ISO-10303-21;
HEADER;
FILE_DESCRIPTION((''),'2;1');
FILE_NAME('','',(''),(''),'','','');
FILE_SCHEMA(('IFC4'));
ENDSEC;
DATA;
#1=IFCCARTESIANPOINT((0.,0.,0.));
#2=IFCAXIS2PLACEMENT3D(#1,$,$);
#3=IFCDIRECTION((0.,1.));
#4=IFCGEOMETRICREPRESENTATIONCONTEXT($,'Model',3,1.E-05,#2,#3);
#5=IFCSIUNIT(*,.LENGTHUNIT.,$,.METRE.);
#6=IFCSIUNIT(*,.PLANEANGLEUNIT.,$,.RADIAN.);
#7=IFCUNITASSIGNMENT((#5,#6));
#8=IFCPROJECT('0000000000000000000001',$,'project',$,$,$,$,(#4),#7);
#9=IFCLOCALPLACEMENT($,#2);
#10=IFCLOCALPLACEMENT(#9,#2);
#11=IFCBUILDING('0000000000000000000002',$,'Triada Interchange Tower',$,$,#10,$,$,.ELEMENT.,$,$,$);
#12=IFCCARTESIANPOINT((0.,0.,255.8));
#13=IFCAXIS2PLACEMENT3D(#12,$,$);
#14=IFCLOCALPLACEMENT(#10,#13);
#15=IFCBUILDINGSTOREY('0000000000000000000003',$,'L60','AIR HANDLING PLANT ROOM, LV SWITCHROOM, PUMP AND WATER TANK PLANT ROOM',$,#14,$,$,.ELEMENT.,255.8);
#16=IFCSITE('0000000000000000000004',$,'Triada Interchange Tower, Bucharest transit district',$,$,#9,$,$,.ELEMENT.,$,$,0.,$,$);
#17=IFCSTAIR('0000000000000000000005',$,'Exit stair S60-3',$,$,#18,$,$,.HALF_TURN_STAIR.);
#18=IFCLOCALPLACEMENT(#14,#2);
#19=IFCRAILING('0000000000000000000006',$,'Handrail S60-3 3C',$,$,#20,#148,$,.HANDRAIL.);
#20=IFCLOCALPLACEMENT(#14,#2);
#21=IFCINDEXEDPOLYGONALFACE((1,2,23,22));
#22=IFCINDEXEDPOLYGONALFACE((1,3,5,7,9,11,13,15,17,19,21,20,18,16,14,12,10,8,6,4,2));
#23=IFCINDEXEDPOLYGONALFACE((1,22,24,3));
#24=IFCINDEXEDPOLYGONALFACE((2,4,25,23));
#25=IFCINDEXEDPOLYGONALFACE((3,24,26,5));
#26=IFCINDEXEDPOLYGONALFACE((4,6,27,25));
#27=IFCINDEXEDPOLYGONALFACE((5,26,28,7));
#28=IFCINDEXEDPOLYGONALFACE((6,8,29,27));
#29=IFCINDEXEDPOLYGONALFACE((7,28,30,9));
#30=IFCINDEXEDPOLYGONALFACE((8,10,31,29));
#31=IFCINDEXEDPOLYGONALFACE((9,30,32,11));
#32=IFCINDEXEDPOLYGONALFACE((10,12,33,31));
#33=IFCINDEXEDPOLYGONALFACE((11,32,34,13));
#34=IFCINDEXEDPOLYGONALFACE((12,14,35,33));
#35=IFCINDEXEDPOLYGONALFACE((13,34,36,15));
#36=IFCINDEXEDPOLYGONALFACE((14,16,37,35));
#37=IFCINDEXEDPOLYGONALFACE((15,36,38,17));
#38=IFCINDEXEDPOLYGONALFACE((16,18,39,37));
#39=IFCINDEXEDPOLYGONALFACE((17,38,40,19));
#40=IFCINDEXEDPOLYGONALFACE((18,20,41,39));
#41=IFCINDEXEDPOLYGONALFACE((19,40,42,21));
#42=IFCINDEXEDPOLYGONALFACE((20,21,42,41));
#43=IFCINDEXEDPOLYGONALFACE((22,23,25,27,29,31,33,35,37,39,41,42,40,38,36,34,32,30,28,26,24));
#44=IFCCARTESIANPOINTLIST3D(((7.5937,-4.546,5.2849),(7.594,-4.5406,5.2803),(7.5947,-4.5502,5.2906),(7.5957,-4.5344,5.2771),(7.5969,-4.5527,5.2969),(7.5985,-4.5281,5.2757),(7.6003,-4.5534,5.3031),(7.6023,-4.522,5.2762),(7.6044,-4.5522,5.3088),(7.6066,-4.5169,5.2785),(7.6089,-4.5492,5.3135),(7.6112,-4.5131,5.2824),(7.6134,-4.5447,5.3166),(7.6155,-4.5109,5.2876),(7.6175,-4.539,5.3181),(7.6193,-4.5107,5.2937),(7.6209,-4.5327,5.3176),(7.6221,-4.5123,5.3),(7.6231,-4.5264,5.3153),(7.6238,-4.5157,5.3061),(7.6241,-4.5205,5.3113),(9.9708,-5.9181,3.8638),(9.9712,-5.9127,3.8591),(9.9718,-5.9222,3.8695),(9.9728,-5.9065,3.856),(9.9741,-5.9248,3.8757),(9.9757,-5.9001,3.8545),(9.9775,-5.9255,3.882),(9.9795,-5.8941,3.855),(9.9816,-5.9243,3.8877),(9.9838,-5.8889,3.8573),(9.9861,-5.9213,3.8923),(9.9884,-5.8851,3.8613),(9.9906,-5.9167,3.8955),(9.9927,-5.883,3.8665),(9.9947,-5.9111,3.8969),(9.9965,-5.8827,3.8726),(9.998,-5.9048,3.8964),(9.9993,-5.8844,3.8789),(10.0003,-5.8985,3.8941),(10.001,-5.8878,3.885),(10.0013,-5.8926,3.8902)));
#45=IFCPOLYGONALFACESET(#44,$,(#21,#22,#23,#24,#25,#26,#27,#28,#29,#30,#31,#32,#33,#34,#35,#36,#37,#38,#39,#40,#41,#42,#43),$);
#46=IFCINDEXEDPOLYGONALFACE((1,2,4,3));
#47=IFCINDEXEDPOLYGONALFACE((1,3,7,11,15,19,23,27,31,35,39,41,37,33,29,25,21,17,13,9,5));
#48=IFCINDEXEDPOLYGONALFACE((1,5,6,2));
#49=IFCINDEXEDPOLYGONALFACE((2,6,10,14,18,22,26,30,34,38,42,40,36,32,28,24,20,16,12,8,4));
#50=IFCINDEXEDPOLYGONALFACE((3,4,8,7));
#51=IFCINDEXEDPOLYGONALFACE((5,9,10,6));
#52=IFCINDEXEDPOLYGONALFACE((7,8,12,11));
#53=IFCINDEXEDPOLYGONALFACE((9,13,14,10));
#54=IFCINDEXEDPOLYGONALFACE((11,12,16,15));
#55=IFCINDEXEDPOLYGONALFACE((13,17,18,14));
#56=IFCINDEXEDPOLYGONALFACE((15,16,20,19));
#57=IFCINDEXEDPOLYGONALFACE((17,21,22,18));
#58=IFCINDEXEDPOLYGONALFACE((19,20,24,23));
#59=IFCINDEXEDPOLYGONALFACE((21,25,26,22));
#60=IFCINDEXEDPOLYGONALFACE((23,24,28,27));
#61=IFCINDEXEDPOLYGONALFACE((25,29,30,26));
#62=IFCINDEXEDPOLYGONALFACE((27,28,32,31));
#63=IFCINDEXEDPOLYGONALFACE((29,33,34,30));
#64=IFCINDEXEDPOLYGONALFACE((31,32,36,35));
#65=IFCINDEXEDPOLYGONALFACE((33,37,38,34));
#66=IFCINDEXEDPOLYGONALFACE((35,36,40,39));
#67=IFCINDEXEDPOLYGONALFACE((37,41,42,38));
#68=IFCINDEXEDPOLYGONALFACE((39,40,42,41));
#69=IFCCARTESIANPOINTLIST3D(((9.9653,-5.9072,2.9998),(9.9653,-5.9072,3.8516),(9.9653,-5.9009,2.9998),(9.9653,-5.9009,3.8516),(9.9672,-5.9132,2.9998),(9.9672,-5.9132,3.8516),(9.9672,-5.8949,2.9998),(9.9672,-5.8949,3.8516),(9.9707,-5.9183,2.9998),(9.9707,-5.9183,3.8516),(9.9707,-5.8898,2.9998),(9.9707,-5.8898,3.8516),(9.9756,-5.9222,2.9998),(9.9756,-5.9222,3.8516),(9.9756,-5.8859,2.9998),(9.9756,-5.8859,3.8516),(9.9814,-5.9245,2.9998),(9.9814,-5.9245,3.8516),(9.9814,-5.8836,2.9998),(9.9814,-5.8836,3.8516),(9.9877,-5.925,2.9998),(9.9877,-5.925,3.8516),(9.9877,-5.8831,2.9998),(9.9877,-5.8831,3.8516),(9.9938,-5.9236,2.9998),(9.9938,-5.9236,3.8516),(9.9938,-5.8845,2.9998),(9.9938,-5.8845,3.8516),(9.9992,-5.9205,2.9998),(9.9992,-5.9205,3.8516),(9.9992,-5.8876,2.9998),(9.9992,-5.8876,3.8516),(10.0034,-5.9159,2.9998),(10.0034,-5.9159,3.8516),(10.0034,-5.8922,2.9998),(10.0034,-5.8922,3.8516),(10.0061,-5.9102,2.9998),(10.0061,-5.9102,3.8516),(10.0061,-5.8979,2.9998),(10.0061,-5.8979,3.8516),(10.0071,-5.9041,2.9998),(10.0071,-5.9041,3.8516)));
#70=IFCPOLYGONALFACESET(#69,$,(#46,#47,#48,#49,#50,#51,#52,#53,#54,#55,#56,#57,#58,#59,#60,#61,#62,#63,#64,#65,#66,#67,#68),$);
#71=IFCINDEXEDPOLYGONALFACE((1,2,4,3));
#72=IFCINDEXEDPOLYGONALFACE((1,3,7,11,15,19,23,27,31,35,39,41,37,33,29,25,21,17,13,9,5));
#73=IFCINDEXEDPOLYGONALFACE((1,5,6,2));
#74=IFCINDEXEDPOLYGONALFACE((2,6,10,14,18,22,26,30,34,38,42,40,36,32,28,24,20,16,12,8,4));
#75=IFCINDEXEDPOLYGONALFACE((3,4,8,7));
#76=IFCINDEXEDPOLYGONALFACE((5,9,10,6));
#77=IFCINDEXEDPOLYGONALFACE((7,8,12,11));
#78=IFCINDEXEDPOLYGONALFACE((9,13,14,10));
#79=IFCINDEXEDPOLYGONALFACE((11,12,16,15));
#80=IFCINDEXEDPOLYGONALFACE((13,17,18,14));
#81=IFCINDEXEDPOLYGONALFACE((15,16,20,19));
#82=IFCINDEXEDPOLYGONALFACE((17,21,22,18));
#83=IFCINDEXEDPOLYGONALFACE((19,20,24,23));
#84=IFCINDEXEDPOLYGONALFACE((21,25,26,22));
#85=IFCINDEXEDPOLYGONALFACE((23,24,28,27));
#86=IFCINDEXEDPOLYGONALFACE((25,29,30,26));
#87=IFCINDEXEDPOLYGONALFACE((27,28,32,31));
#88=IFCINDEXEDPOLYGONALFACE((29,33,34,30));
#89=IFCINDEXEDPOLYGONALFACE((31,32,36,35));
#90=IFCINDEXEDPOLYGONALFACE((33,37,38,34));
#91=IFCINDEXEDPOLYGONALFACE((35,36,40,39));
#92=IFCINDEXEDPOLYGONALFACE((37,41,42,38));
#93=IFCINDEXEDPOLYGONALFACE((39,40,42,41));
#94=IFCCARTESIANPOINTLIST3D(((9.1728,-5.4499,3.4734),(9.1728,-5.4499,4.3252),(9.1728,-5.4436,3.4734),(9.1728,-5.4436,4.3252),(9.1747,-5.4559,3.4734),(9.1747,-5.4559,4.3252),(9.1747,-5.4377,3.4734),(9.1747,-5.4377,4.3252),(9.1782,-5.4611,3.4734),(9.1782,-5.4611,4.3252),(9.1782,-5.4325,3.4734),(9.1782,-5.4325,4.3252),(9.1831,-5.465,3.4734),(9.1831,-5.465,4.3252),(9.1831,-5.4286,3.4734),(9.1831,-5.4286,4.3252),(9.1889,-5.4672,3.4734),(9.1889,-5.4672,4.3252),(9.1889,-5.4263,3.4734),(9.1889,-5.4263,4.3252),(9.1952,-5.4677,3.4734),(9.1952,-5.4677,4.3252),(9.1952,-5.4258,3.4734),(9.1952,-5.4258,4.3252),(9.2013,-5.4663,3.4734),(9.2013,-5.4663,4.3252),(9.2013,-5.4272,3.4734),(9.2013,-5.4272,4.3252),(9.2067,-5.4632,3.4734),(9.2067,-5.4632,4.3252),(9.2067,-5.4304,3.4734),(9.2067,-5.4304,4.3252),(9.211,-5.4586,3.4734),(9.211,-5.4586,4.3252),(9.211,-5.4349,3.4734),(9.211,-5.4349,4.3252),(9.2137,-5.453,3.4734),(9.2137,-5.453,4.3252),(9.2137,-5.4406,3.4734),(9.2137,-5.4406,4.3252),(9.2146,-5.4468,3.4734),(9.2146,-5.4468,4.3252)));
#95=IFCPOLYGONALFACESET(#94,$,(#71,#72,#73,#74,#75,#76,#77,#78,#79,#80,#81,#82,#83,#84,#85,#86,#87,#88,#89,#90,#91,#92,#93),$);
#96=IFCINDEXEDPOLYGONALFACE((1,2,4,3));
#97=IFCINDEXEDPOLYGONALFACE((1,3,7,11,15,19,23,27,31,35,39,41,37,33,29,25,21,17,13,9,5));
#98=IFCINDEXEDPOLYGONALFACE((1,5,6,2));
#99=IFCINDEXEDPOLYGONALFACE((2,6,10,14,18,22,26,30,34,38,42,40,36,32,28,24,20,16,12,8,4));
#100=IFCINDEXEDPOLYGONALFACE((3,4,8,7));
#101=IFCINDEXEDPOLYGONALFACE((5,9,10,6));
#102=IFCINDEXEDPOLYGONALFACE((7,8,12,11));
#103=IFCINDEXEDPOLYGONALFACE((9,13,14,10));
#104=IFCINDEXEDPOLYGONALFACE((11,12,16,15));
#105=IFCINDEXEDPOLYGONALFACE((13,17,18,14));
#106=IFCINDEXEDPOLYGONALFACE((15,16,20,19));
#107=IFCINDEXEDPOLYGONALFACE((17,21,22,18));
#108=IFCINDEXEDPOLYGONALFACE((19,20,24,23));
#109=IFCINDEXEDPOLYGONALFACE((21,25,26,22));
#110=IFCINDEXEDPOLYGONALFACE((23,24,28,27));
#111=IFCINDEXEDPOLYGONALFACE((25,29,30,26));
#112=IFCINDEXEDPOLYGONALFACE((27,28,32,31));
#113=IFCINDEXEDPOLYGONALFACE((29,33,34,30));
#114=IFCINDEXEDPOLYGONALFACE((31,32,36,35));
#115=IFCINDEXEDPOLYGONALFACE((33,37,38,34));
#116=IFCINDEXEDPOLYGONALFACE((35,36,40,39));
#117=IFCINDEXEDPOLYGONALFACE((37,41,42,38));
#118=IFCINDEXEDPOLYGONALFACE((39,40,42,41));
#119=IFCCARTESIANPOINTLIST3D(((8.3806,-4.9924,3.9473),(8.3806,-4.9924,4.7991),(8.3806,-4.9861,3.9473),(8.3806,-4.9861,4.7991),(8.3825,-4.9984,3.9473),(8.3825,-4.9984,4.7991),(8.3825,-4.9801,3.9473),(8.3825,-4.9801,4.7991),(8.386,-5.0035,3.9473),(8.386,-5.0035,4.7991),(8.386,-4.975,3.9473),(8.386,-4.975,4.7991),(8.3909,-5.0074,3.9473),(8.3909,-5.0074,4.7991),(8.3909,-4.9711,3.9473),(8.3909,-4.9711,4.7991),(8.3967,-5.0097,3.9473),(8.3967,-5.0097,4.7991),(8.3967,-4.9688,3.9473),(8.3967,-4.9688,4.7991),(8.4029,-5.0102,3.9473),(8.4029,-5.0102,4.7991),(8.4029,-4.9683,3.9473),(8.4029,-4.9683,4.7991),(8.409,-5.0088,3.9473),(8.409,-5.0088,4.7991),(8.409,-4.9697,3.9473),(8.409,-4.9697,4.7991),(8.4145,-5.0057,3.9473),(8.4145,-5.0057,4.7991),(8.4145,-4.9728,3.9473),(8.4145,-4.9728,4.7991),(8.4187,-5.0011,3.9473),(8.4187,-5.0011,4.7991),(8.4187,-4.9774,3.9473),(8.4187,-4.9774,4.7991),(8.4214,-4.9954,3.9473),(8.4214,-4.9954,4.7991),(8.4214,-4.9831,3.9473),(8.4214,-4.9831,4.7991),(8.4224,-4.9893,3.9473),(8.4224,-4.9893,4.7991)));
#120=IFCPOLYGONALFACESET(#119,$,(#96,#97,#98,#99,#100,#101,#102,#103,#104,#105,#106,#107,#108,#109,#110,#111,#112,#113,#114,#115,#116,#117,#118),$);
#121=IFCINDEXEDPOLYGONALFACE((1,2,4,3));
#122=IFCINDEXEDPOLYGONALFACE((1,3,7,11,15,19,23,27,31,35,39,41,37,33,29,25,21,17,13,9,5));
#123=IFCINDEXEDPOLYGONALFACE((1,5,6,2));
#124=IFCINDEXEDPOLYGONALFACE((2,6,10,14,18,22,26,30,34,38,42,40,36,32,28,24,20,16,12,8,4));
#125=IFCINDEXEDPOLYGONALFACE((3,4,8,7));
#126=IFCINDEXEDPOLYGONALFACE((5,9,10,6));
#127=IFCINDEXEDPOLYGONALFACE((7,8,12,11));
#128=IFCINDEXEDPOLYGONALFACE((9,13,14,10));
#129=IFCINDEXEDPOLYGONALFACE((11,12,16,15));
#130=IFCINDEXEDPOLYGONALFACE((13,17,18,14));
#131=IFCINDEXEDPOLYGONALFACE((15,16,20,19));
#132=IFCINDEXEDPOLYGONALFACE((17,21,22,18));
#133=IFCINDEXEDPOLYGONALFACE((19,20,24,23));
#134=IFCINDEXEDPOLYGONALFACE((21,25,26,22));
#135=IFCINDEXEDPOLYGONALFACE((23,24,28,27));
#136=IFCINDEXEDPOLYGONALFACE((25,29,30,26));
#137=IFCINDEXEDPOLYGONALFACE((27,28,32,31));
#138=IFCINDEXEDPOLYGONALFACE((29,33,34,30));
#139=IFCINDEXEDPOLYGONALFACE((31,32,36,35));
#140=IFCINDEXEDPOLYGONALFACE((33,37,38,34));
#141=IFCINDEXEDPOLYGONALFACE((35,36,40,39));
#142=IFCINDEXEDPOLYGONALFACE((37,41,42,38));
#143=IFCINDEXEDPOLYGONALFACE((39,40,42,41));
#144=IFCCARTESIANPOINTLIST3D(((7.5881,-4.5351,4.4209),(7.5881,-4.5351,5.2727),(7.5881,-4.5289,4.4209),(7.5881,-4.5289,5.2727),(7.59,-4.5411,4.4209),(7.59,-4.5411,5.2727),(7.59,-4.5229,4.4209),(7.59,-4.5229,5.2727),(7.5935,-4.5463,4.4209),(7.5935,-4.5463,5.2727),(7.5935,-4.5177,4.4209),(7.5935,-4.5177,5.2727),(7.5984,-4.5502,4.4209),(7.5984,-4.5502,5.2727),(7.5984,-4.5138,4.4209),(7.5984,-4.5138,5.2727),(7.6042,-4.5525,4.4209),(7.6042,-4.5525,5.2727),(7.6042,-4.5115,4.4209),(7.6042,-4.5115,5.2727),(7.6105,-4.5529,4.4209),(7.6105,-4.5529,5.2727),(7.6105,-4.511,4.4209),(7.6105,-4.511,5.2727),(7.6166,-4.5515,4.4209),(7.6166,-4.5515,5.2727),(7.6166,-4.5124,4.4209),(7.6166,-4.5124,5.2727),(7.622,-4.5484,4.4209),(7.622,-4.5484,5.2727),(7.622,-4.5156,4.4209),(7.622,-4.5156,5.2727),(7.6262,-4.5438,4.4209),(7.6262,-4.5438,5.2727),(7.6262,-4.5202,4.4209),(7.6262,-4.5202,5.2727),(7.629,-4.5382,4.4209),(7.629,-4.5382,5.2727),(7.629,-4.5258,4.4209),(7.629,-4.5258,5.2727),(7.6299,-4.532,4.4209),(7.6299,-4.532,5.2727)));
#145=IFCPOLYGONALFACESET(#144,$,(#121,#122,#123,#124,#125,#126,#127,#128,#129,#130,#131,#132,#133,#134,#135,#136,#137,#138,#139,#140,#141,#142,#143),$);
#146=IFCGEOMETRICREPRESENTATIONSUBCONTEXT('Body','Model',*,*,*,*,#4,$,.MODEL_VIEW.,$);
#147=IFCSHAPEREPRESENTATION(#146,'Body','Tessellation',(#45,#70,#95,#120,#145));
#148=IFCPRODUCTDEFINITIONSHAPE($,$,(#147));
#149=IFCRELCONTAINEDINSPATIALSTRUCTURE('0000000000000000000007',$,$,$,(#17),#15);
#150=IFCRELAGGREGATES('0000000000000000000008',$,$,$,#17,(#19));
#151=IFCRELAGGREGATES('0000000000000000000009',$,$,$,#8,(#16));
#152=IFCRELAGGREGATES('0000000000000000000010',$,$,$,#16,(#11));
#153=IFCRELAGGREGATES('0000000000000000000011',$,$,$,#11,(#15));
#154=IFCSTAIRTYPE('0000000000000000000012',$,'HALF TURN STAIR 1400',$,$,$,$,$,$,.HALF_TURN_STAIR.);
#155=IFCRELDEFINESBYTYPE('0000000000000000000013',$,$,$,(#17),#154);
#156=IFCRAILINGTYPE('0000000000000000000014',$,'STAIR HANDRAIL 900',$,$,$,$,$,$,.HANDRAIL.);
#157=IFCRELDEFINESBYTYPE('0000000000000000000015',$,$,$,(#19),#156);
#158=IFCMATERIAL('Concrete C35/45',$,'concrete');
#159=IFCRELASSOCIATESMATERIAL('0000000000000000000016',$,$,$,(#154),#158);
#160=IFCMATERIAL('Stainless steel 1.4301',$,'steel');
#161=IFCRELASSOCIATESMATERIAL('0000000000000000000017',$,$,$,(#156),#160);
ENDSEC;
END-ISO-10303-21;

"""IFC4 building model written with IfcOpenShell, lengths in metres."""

from ifc_helpers import new_model, si_unit, direction, frame, origin, origin_2d, place, context, subcontext, project, spatial, circle, extrude, material, type_object, element, aggregate, save


model = new_model("IFC4")

# Units and contexts
model_context = context("Model", 3, precision=1e-05, world=origin(), true_north=direction((0.0, 1.0)))
body_context = subcontext(model_context, "Body", "Model", "MODEL_VIEW")
ifc_project = project(units=[si_unit("LENGTHUNIT", "METRE"), si_unit("PLANEANGLEUNIT", "RADIAN")], contexts=[model_context])

# Site, building, storey
site_placement = place(None, origin())
site = spatial("IfcSite", under=ifc_project, at=site_placement, Name="Triada Interchange Tower, Bucharest transit district", CompositionType="ELEMENT", RefElevation=0.0)
building_placement = place(site_placement, origin())
building = spatial("IfcBuilding", under=site, at=building_placement, Name="Triada Interchange Tower", CompositionType="ELEMENT")
storey_placement = place(building_placement, frame((0.0, 0.0, 255.8)))
storey = spatial("IfcBuildingStorey", under=building, at=storey_placement, Name="L60", Description="AIR HANDLING PLANT ROOM, LV SWITCHROOM, PUMP AND WATER TANK PLANT ROOM", CompositionType="ELEMENT", Elevation=255.8)

# Shared definitions
ifc_material_1 = material(Name="Concrete C35/45", Category="concrete")

# Stair, railing
stair_type = type_object("IfcStairType", Name="HALF TURN STAIR 1400", PredefinedType="HALF_TURN_STAIR", material=ifc_material_1)
stair_placement = place(storey_placement, origin())
stair = element("IfcStair", 1, at=stair_placement, inside=storey, type_object=stair_type, Name="Exit stair S60-3", PredefinedType="HALF_TURN_STAIR")
ifc_material_2 = material(Name="Stainless steel 1.4301", Category="steel")
railing_type_1 = type_object("IfcRailingType", Name="STAIR HANDRAIL 900", PredefinedType="HANDRAIL", material=ifc_material_2)
railing_1_placement = place(storey_placement, frame((9.9861, -5.9041, 2.9998)))
railing_1 = element("IfcRailing", 2, at=railing_1_placement, type_object=railing_type_1, Name="Handrail S60-3 3C", PredefinedType="HANDRAIL", context=body_context, shape_type="SweptSolid", body=[
    extrude(circle(Radius=0.0239, at=origin_2d()), frame((0.0, 0.0, 0.876), z_axis=(-0.769111, 0.443915, 0.459792), x_axis=(-0.499889, -0.866089, 0.0)), (0.0, 0.0, 1.0), 3.0908),
    extrude(circle(Radius=0.021, at=origin_2d()), origin(), (0.0, 0.0, 1.0), 0.8518),
    extrude(circle(Radius=0.021, at=origin_2d()), frame((-0.7925, 0.4573, 0.4736)), (0.0, 0.0, 1.0), 0.8518),
    extrude(circle(Radius=0.021, at=origin_2d()), frame((-1.5847, 0.9148, 0.9475)), (0.0, 0.0, 1.0), 0.8518),
    extrude(circle(Radius=0.021, at=origin_2d()), frame((-2.3772, 1.3721, 1.4211)), (0.0, 0.0, 1.0), 0.8518),
])
aggregate(stair, [railing_1])

save(model, "model.ifc")
